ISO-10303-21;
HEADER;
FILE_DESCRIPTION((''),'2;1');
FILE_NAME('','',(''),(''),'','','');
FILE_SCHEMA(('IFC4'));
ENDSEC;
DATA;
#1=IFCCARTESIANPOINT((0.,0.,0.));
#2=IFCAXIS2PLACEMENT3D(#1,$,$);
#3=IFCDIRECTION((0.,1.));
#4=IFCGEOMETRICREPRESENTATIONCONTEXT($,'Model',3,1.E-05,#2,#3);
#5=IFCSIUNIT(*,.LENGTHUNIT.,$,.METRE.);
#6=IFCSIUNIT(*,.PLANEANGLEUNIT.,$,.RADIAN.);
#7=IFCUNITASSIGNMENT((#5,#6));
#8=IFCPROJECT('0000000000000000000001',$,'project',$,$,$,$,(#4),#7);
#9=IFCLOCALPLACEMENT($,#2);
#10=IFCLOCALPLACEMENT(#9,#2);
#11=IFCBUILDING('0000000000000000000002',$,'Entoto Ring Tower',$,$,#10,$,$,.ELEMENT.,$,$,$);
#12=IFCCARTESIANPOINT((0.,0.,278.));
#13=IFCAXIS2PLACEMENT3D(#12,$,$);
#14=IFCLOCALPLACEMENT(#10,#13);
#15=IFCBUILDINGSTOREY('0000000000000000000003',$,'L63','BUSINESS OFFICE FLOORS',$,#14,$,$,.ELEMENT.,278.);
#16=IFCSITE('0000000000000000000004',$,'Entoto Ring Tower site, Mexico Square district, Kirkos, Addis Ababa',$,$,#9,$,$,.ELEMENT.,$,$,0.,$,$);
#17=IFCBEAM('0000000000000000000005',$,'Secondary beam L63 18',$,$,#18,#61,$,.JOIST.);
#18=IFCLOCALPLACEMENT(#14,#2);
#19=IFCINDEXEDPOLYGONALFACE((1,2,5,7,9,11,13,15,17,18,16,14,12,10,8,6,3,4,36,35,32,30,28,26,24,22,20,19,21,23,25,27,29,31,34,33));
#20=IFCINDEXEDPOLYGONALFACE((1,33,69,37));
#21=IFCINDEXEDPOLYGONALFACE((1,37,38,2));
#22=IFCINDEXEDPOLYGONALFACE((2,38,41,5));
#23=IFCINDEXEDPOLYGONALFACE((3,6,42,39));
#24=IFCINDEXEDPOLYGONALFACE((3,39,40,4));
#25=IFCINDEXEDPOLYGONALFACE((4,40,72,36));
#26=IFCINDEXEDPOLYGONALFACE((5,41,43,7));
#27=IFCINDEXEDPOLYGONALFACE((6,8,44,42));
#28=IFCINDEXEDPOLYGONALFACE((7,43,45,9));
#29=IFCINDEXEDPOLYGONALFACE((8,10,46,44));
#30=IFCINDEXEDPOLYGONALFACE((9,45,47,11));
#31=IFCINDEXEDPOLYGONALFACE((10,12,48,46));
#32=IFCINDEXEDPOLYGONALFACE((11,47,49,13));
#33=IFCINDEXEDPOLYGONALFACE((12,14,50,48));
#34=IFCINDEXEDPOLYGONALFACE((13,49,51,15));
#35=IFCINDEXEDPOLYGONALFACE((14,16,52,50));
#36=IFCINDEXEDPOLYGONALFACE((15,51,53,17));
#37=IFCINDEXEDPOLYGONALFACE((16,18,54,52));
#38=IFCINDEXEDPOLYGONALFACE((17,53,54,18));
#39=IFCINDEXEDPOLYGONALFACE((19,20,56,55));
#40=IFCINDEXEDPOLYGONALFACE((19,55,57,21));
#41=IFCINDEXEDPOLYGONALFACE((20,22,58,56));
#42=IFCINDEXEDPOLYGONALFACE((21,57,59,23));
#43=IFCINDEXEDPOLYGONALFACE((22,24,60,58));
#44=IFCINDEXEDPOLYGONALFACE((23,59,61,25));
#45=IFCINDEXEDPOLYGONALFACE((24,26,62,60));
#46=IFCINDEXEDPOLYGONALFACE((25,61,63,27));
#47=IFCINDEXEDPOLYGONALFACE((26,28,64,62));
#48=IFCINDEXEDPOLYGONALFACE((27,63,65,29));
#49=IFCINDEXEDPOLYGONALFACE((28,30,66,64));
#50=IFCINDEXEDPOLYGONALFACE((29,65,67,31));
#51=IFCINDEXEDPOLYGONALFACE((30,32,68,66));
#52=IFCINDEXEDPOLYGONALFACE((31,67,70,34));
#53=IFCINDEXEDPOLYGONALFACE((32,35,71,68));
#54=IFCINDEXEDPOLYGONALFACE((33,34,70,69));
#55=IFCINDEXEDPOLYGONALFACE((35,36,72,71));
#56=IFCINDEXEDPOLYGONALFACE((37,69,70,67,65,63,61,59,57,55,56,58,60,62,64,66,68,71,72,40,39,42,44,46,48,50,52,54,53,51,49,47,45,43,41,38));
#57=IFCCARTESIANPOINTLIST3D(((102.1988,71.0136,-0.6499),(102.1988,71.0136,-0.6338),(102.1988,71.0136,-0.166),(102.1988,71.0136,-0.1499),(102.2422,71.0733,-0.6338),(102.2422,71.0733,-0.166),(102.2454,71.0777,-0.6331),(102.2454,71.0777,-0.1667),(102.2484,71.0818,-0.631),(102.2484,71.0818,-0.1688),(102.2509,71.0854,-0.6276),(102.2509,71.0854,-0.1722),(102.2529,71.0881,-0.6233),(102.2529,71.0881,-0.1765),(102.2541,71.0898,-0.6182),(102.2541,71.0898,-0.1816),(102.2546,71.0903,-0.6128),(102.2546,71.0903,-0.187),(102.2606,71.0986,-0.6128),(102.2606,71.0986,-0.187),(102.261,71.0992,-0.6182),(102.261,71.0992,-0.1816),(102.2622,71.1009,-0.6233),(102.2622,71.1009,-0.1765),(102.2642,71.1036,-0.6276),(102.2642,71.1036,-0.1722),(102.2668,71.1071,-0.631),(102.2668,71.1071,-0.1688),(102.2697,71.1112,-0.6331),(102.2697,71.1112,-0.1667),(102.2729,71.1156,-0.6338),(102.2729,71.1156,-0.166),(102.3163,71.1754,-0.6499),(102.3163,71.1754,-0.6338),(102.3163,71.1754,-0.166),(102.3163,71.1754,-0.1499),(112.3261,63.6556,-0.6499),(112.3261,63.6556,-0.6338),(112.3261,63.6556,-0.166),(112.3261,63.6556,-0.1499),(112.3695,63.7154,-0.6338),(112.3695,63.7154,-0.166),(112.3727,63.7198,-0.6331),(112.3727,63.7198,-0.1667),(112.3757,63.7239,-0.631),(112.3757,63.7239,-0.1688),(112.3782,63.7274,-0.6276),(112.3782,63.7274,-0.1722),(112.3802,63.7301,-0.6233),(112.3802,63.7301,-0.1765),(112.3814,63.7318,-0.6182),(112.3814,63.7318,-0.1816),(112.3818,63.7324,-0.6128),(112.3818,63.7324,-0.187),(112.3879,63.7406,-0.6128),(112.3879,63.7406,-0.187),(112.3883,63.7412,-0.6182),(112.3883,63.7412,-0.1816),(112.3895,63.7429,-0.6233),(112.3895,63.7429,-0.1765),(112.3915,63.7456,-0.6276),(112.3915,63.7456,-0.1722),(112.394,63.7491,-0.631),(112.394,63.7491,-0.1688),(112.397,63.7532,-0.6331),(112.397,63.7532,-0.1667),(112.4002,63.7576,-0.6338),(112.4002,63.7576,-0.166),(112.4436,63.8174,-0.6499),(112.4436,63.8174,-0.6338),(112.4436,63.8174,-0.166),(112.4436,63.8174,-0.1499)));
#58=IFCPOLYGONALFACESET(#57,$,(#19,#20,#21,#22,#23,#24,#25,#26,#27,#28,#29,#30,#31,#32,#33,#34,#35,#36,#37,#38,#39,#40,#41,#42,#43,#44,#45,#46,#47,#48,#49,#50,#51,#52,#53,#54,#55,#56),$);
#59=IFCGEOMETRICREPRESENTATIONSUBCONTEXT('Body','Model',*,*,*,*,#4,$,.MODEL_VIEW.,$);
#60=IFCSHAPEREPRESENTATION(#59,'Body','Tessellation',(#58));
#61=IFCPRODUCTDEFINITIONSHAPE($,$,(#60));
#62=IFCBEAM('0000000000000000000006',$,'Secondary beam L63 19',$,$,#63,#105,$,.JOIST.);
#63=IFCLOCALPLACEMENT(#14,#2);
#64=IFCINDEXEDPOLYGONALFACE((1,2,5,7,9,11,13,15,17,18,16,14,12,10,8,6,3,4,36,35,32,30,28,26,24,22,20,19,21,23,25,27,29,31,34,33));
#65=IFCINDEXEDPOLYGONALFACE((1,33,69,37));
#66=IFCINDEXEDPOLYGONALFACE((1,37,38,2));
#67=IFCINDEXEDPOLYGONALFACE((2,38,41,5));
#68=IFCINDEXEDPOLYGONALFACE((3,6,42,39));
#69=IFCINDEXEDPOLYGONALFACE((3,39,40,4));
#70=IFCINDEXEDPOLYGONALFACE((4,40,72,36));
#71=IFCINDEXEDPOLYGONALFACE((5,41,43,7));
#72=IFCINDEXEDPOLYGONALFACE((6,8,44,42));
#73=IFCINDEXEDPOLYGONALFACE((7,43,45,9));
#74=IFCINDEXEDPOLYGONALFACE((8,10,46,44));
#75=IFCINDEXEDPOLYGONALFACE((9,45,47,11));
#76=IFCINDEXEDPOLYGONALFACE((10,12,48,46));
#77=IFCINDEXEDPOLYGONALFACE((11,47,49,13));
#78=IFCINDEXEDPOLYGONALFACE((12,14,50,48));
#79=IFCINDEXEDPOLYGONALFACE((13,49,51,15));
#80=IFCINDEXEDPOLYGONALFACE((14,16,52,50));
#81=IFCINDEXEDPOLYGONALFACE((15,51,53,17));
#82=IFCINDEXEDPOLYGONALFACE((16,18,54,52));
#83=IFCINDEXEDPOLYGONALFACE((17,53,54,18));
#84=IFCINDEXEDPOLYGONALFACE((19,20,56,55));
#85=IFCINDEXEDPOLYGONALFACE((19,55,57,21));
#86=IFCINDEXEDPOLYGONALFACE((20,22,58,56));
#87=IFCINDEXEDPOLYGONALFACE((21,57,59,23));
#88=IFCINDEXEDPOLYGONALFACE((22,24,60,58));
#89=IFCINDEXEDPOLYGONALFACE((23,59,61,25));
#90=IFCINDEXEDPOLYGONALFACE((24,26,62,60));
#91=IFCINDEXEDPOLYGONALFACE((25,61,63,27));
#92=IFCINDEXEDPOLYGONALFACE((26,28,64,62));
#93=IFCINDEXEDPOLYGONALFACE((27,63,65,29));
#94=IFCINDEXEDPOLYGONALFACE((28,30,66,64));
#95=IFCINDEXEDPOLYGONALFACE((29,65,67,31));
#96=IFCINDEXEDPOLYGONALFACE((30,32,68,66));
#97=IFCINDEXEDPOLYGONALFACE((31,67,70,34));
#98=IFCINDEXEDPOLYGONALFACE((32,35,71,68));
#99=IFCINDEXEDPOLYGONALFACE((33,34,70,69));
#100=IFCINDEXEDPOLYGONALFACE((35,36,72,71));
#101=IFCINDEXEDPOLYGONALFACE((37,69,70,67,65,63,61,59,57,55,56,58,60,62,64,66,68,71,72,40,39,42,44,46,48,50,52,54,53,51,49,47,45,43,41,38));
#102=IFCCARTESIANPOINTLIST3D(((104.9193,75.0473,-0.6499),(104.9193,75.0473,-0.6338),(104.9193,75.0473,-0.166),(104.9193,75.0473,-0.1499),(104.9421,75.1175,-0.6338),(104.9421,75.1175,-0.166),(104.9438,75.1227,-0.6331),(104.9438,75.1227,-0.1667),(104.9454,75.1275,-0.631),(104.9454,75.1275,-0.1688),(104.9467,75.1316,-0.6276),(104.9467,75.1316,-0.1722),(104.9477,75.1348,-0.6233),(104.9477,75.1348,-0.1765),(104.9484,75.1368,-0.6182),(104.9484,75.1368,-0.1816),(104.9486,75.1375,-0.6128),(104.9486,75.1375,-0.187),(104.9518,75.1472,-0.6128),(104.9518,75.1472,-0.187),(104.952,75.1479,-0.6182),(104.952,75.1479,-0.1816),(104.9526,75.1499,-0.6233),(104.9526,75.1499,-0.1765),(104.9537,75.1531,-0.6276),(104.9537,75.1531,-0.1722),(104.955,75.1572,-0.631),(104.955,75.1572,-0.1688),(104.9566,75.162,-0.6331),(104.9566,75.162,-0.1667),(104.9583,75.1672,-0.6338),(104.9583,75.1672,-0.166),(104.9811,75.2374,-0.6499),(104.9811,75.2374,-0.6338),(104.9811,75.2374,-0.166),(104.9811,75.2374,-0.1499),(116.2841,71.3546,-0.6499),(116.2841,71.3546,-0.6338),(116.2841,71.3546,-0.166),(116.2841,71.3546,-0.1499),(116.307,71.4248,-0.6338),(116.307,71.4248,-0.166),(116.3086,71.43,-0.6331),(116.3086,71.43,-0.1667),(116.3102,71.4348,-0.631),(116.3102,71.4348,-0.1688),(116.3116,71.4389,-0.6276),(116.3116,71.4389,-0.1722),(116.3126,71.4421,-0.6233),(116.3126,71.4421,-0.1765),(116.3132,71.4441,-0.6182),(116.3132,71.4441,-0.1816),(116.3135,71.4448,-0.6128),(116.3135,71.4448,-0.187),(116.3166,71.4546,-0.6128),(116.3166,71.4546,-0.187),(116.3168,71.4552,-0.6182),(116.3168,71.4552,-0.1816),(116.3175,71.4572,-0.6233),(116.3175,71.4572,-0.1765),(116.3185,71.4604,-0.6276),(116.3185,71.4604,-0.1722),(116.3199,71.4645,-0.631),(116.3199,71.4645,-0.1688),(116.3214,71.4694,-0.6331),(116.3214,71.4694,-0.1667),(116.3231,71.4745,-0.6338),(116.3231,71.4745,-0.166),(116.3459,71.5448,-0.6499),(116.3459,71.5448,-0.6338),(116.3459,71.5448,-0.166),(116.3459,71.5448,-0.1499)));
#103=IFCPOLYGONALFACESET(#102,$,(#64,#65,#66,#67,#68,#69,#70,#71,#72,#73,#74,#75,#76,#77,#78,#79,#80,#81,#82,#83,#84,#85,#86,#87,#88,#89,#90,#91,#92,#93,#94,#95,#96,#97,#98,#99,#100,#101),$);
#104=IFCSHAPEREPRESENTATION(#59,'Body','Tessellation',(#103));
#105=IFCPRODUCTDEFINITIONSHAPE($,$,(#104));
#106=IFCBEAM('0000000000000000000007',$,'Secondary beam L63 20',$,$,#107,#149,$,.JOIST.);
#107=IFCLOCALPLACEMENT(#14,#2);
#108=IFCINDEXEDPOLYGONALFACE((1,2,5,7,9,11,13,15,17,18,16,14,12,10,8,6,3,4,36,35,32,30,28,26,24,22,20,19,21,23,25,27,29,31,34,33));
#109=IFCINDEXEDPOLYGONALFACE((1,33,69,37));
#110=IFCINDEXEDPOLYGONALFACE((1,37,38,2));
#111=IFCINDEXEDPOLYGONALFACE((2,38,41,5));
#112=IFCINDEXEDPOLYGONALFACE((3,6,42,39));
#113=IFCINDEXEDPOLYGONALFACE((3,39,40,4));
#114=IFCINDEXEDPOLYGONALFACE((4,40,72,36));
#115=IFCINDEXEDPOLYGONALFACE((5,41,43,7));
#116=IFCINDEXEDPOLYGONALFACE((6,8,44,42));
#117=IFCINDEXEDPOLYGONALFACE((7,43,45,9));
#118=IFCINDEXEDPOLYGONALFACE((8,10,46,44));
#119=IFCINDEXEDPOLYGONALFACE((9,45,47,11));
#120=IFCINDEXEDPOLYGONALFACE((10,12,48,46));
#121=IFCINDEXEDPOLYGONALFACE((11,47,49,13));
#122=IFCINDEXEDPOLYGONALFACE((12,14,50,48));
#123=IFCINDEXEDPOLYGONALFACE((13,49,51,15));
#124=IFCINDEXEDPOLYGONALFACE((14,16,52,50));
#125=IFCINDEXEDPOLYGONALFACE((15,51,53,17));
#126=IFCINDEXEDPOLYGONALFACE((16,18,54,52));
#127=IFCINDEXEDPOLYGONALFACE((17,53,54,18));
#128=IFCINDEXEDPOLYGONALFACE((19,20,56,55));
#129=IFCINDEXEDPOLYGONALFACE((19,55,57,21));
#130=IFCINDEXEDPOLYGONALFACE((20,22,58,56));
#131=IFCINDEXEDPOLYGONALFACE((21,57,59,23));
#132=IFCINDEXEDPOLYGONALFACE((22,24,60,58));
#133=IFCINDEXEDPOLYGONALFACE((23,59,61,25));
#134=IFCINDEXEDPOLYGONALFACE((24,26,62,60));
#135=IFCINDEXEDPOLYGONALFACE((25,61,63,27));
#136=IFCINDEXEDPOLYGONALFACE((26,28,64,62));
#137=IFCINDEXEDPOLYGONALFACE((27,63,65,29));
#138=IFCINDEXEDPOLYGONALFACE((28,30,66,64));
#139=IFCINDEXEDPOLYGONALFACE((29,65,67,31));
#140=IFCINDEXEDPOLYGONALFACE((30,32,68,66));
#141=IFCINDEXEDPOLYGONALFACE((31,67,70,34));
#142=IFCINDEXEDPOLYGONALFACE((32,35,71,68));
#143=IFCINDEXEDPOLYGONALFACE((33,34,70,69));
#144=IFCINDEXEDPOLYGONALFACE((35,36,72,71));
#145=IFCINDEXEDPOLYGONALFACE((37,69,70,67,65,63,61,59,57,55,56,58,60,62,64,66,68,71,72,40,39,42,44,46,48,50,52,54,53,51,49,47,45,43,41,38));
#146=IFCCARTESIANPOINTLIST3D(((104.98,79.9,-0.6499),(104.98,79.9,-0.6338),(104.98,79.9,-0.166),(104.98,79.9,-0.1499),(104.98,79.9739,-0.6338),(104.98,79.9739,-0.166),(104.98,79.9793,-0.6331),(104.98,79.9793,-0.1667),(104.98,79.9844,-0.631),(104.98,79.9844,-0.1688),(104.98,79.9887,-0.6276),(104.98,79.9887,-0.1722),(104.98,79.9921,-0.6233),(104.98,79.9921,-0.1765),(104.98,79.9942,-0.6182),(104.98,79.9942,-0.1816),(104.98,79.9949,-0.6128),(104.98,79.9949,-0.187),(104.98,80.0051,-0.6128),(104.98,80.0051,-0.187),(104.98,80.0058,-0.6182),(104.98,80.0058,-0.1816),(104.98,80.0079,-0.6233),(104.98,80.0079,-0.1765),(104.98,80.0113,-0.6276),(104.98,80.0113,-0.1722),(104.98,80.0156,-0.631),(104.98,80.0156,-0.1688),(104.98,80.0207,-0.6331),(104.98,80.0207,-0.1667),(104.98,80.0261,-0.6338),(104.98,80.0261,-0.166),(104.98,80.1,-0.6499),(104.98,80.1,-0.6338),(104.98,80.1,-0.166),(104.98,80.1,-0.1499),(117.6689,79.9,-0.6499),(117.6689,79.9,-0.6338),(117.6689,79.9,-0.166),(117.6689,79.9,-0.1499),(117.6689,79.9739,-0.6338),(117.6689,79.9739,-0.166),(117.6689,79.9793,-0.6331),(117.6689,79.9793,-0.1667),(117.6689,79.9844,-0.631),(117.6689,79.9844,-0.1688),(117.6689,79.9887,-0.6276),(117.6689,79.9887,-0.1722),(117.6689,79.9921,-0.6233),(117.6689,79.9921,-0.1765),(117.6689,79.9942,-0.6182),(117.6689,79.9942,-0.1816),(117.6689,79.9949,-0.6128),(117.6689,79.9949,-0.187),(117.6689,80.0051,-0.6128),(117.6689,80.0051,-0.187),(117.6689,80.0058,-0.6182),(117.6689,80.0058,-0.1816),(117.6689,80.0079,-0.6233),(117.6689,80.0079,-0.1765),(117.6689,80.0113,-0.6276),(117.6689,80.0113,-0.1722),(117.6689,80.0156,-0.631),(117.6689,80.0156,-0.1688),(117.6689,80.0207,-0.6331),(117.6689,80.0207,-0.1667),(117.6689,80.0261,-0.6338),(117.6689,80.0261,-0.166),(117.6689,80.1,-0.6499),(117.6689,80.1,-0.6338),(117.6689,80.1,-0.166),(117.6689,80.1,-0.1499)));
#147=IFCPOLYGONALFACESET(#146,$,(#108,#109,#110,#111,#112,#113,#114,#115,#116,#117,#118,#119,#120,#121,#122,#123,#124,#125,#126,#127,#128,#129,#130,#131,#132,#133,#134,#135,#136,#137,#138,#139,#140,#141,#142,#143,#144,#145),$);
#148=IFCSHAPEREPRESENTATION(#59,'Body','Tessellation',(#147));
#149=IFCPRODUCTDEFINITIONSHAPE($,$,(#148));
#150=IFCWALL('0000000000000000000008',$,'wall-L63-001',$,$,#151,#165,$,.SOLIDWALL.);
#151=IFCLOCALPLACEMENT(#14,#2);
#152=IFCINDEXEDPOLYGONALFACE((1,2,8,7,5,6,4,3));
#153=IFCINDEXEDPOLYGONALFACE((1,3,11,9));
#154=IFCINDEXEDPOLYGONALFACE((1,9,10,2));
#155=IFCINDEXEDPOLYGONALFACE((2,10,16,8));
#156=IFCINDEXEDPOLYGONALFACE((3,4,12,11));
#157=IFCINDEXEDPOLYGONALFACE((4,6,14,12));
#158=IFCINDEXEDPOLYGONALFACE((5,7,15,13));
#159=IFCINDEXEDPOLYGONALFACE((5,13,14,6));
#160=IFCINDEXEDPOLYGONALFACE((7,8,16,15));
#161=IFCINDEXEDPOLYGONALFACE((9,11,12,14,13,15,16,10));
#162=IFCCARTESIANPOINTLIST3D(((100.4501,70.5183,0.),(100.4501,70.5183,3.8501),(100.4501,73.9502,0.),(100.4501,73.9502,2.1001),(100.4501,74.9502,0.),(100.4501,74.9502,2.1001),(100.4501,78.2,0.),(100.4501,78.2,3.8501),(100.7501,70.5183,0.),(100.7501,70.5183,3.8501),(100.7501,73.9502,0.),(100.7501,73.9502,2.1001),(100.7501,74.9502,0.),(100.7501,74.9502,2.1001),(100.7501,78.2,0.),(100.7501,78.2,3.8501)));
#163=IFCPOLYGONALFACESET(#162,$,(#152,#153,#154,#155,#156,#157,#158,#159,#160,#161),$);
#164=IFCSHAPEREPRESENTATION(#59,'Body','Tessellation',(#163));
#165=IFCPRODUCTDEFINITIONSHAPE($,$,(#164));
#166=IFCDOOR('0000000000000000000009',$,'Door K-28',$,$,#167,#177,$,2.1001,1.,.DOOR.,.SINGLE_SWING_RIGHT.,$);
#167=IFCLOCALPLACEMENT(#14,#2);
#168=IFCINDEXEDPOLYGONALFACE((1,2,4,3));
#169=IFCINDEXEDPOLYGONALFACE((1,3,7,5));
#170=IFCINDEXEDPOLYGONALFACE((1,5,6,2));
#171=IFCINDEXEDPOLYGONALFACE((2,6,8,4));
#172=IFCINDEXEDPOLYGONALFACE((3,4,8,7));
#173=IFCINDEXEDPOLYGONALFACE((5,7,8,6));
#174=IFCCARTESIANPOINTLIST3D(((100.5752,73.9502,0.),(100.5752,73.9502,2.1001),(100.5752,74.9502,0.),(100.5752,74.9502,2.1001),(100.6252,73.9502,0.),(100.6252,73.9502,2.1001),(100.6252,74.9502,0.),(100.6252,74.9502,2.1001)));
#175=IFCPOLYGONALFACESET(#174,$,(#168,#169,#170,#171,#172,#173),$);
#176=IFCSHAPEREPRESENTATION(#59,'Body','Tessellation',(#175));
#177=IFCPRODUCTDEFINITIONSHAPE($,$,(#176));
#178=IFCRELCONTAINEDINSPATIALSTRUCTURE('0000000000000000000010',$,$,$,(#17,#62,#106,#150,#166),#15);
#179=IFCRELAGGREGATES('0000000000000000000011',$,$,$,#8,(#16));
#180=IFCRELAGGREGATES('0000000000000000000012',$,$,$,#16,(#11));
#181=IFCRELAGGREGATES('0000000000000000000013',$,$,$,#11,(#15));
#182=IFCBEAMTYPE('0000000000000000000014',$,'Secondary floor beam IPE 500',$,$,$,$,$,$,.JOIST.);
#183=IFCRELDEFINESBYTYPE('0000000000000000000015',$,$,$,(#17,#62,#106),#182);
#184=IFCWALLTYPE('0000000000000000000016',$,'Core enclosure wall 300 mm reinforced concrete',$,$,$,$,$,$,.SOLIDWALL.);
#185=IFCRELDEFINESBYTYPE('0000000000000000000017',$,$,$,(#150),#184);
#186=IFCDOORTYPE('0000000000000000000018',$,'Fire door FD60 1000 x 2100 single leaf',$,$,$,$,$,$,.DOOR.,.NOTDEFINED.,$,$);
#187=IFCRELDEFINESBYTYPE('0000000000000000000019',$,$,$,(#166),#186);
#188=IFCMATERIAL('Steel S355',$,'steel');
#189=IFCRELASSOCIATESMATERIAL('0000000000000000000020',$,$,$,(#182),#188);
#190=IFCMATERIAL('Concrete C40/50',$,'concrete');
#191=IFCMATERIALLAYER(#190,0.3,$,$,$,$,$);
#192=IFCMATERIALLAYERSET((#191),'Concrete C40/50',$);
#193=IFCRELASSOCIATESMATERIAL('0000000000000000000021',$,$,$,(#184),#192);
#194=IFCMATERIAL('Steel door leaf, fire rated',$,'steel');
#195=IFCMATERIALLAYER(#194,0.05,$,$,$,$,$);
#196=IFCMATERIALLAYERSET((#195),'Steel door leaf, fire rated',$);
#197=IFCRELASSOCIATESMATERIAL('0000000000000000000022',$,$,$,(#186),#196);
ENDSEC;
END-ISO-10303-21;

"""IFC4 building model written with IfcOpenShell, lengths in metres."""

from ifc_helpers import new_model, si_unit, direction, frame, frame_2d, origin, origin_2d, place, context, subcontext, project, spatial, rectangle, i_section, extrude, material, layer, layer_set, material_profile, profile_set, type_object, element, fill, save


model = new_model("IFC4")

# Units and contexts
model_context = context("Model", 3, precision=1e-05, world=origin(), true_north=direction((0.0, 1.0)))
body_context = subcontext(model_context, "Body", "Model", "MODEL_VIEW")
ifc_project = project(units=[si_unit("LENGTHUNIT", "METRE"), si_unit("PLANEANGLEUNIT", "RADIAN")], contexts=[model_context])

# Site, building, storey
site_placement = place(None, origin())
site = spatial("IfcSite", under=ifc_project, at=site_placement, Name="Entoto Ring Tower site, Mexico Square district, Kirkos, Addis Ababa", CompositionType="ELEMENT", RefElevation=0.0)
building_placement = place(site_placement, origin())
building = spatial("IfcBuilding", under=site, at=building_placement, Name="Entoto Ring Tower", CompositionType="ELEMENT")
storey_placement = place(building_placement, frame((0.0, 0.0, 278.0)))
storey = spatial("IfcBuildingStorey", under=building, at=storey_placement, Name="L63", Description="BUSINESS OFFICE FLOORS", CompositionType="ELEMENT", Elevation=278.0)

# Beams
ifc_material_1 = material(Name="Steel S355", Category="steel")
ifc_material_profile_1 = material_profile(ifc_material_1, i_section(OverallWidth=0.2, OverallDepth=0.5, WebThickness=0.0103, FlangeThickness=0.0161, FilletRadius=0.021, at=origin_2d()), Name="IPE 500")
ifc_profile_set_1 = profile_set([ifc_material_profile_1], Name="Steel S355")
beam_type_1 = type_object("IfcBeamType", Name="Secondary floor beam IPE 500", PredefinedType="JOIST", material=ifc_profile_set_1)
for number, where, z_axis, x_axis, name in (
    (1, (102.2576, 71.0945, -0.3999), (0.809014, -0.587789, 0.0), (0.587789, 0.809014, 0.0), "Secondary beam L63 18"),
):
    element("IfcBeam", number, at=place(storey_placement, frame(where, z_axis=z_axis, x_axis=x_axis)), inside=storey, type_object=beam_type_1, Name=name, PredefinedType="JOIST", context=body_context, shape_type="SweptSolid", body=[
        extrude(i_section(OverallWidth=0.2, OverallDepth=0.5, WebThickness=0.0103, FlangeThickness=0.0161, FilletRadius=0.021, at=origin_2d()), origin(), (0.0, 0.0, 1.0), 12.5181),
    ])
beam_1_placement = place(storey_placement, frame((104.9502, 75.1423, -0.3999), z_axis=(0.951057, -0.309017, 0.0), x_axis=(0.309017, 0.951057, 0.0)))
element("IfcBeam", 2, at=beam_1_placement, inside=storey, type_object=beam_type_1, Name="Secondary beam L63 19", PredefinedType="JOIST", context=body_context, shape_type="SweptSolid", body=[
    extrude(i_section(OverallWidth=0.2, OverallDepth=0.5, WebThickness=0.0103, FlangeThickness=0.0161, FilletRadius=0.021, at=origin_2d()), origin(), (0.0, 0.0, 1.0), 11.9497),
])
beam_2_placement = place(storey_placement, frame((104.98, 80.0, -0.3999), z_axis=(1.0, 0.0, 0.0), x_axis=(0.0, 1.0, 0.0)))
element("IfcBeam", 3, at=beam_2_placement, inside=storey, type_object=beam_type_1, Name="Secondary beam L63 20", PredefinedType="JOIST", context=body_context, shape_type="SweptSolid", body=[
    extrude(i_section(OverallWidth=0.2, OverallDepth=0.5, WebThickness=0.0103, FlangeThickness=0.0161, FilletRadius=0.021, at=origin_2d()), origin(), (0.0, 0.0, 1.0), 12.689),
])

# Wall, opening, door
ifc_material_2 = material(Name="Concrete C40/50", Category="concrete")
ifc_layer_1 = layer(ifc_material_2, 0.3)
ifc_layer_set_1 = layer_set([ifc_layer_1], Name="Concrete C40/50")
wall_type_1 = type_object("IfcWallType", Name="Core enclosure wall 300 mm reinforced concrete", PredefinedType="SOLIDWALL", material=ifc_layer_set_1)
wall_1_placement = place(storey_placement, frame((100.6001, 70.5183, 0.0), z_axis=(0.0, 0.0, 1.0), x_axis=(0.0, 1.0, 0.0)))
wall_1 = element("IfcWall", 4, at=wall_1_placement, inside=storey, type_object=wall_type_1, Name="wall-L63-001", PredefinedType="SOLIDWALL", context=body_context, shape_type="SweptSolid", body=[
    extrude(rectangle(XDim=7.6816, YDim=0.3, at=frame_2d((3.8408, 0.0))), origin(), (0.0, 0.0, 1.0), 3.8501),
])
opening_1_placement = place(wall_1_placement, frame((3.4319, 0.0, 0.0)))
opening_1 = element("IfcOpeningElement", 5, at=opening_1_placement, cuts=wall_1, PredefinedType="OPENING", context=body_context, shape_type="SweptSolid", body=[
    extrude(rectangle(XDim=1.0, YDim=2.1001, at=frame_2d((0.5, 1.05))), frame((0.0, 0.1602, 0.0), z_axis=(0.0, -1.0, 0.0), x_axis=(1.0, 0.0, 0.0)), (0.0, 0.0, 1.0), 0.3201),
])
ifc_material_3 = material(Name="Steel door leaf, fire rated", Category="steel")
ifc_layer_2 = layer(ifc_material_3, 0.05)
ifc_layer_set_2 = layer_set([ifc_layer_2], Name="Steel door leaf, fire rated")
door_type_1 = type_object("IfcDoorType", Name="Fire door FD60 1000 x 2100 single leaf", OperationType="NOTDEFINED", PredefinedType="DOOR", material=ifc_layer_set_2)
door_1_placement = place(opening_1_placement, origin())
door_1 = element("IfcDoor", 6, at=door_1_placement, inside=storey, type_object=door_type_1, Name="Door K-28", OperationType="SINGLE_SWING_RIGHT", OverallHeight=2.1001, OverallWidth=1.0, PredefinedType="DOOR", context=body_context, shape_type="SweptSolid", body=[
    extrude(rectangle(XDim=1.0, YDim=2.1001, at=frame_2d((0.5, 1.05))), frame((0.0, 0.0249, 0.0), z_axis=(0.0, -1.0, 0.0), x_axis=(1.0, 0.0, 0.0)), (0.0, 0.0, 1.0), 0.05),
])
fill(opening_1, door_1)

save(model, "model.ifc")
